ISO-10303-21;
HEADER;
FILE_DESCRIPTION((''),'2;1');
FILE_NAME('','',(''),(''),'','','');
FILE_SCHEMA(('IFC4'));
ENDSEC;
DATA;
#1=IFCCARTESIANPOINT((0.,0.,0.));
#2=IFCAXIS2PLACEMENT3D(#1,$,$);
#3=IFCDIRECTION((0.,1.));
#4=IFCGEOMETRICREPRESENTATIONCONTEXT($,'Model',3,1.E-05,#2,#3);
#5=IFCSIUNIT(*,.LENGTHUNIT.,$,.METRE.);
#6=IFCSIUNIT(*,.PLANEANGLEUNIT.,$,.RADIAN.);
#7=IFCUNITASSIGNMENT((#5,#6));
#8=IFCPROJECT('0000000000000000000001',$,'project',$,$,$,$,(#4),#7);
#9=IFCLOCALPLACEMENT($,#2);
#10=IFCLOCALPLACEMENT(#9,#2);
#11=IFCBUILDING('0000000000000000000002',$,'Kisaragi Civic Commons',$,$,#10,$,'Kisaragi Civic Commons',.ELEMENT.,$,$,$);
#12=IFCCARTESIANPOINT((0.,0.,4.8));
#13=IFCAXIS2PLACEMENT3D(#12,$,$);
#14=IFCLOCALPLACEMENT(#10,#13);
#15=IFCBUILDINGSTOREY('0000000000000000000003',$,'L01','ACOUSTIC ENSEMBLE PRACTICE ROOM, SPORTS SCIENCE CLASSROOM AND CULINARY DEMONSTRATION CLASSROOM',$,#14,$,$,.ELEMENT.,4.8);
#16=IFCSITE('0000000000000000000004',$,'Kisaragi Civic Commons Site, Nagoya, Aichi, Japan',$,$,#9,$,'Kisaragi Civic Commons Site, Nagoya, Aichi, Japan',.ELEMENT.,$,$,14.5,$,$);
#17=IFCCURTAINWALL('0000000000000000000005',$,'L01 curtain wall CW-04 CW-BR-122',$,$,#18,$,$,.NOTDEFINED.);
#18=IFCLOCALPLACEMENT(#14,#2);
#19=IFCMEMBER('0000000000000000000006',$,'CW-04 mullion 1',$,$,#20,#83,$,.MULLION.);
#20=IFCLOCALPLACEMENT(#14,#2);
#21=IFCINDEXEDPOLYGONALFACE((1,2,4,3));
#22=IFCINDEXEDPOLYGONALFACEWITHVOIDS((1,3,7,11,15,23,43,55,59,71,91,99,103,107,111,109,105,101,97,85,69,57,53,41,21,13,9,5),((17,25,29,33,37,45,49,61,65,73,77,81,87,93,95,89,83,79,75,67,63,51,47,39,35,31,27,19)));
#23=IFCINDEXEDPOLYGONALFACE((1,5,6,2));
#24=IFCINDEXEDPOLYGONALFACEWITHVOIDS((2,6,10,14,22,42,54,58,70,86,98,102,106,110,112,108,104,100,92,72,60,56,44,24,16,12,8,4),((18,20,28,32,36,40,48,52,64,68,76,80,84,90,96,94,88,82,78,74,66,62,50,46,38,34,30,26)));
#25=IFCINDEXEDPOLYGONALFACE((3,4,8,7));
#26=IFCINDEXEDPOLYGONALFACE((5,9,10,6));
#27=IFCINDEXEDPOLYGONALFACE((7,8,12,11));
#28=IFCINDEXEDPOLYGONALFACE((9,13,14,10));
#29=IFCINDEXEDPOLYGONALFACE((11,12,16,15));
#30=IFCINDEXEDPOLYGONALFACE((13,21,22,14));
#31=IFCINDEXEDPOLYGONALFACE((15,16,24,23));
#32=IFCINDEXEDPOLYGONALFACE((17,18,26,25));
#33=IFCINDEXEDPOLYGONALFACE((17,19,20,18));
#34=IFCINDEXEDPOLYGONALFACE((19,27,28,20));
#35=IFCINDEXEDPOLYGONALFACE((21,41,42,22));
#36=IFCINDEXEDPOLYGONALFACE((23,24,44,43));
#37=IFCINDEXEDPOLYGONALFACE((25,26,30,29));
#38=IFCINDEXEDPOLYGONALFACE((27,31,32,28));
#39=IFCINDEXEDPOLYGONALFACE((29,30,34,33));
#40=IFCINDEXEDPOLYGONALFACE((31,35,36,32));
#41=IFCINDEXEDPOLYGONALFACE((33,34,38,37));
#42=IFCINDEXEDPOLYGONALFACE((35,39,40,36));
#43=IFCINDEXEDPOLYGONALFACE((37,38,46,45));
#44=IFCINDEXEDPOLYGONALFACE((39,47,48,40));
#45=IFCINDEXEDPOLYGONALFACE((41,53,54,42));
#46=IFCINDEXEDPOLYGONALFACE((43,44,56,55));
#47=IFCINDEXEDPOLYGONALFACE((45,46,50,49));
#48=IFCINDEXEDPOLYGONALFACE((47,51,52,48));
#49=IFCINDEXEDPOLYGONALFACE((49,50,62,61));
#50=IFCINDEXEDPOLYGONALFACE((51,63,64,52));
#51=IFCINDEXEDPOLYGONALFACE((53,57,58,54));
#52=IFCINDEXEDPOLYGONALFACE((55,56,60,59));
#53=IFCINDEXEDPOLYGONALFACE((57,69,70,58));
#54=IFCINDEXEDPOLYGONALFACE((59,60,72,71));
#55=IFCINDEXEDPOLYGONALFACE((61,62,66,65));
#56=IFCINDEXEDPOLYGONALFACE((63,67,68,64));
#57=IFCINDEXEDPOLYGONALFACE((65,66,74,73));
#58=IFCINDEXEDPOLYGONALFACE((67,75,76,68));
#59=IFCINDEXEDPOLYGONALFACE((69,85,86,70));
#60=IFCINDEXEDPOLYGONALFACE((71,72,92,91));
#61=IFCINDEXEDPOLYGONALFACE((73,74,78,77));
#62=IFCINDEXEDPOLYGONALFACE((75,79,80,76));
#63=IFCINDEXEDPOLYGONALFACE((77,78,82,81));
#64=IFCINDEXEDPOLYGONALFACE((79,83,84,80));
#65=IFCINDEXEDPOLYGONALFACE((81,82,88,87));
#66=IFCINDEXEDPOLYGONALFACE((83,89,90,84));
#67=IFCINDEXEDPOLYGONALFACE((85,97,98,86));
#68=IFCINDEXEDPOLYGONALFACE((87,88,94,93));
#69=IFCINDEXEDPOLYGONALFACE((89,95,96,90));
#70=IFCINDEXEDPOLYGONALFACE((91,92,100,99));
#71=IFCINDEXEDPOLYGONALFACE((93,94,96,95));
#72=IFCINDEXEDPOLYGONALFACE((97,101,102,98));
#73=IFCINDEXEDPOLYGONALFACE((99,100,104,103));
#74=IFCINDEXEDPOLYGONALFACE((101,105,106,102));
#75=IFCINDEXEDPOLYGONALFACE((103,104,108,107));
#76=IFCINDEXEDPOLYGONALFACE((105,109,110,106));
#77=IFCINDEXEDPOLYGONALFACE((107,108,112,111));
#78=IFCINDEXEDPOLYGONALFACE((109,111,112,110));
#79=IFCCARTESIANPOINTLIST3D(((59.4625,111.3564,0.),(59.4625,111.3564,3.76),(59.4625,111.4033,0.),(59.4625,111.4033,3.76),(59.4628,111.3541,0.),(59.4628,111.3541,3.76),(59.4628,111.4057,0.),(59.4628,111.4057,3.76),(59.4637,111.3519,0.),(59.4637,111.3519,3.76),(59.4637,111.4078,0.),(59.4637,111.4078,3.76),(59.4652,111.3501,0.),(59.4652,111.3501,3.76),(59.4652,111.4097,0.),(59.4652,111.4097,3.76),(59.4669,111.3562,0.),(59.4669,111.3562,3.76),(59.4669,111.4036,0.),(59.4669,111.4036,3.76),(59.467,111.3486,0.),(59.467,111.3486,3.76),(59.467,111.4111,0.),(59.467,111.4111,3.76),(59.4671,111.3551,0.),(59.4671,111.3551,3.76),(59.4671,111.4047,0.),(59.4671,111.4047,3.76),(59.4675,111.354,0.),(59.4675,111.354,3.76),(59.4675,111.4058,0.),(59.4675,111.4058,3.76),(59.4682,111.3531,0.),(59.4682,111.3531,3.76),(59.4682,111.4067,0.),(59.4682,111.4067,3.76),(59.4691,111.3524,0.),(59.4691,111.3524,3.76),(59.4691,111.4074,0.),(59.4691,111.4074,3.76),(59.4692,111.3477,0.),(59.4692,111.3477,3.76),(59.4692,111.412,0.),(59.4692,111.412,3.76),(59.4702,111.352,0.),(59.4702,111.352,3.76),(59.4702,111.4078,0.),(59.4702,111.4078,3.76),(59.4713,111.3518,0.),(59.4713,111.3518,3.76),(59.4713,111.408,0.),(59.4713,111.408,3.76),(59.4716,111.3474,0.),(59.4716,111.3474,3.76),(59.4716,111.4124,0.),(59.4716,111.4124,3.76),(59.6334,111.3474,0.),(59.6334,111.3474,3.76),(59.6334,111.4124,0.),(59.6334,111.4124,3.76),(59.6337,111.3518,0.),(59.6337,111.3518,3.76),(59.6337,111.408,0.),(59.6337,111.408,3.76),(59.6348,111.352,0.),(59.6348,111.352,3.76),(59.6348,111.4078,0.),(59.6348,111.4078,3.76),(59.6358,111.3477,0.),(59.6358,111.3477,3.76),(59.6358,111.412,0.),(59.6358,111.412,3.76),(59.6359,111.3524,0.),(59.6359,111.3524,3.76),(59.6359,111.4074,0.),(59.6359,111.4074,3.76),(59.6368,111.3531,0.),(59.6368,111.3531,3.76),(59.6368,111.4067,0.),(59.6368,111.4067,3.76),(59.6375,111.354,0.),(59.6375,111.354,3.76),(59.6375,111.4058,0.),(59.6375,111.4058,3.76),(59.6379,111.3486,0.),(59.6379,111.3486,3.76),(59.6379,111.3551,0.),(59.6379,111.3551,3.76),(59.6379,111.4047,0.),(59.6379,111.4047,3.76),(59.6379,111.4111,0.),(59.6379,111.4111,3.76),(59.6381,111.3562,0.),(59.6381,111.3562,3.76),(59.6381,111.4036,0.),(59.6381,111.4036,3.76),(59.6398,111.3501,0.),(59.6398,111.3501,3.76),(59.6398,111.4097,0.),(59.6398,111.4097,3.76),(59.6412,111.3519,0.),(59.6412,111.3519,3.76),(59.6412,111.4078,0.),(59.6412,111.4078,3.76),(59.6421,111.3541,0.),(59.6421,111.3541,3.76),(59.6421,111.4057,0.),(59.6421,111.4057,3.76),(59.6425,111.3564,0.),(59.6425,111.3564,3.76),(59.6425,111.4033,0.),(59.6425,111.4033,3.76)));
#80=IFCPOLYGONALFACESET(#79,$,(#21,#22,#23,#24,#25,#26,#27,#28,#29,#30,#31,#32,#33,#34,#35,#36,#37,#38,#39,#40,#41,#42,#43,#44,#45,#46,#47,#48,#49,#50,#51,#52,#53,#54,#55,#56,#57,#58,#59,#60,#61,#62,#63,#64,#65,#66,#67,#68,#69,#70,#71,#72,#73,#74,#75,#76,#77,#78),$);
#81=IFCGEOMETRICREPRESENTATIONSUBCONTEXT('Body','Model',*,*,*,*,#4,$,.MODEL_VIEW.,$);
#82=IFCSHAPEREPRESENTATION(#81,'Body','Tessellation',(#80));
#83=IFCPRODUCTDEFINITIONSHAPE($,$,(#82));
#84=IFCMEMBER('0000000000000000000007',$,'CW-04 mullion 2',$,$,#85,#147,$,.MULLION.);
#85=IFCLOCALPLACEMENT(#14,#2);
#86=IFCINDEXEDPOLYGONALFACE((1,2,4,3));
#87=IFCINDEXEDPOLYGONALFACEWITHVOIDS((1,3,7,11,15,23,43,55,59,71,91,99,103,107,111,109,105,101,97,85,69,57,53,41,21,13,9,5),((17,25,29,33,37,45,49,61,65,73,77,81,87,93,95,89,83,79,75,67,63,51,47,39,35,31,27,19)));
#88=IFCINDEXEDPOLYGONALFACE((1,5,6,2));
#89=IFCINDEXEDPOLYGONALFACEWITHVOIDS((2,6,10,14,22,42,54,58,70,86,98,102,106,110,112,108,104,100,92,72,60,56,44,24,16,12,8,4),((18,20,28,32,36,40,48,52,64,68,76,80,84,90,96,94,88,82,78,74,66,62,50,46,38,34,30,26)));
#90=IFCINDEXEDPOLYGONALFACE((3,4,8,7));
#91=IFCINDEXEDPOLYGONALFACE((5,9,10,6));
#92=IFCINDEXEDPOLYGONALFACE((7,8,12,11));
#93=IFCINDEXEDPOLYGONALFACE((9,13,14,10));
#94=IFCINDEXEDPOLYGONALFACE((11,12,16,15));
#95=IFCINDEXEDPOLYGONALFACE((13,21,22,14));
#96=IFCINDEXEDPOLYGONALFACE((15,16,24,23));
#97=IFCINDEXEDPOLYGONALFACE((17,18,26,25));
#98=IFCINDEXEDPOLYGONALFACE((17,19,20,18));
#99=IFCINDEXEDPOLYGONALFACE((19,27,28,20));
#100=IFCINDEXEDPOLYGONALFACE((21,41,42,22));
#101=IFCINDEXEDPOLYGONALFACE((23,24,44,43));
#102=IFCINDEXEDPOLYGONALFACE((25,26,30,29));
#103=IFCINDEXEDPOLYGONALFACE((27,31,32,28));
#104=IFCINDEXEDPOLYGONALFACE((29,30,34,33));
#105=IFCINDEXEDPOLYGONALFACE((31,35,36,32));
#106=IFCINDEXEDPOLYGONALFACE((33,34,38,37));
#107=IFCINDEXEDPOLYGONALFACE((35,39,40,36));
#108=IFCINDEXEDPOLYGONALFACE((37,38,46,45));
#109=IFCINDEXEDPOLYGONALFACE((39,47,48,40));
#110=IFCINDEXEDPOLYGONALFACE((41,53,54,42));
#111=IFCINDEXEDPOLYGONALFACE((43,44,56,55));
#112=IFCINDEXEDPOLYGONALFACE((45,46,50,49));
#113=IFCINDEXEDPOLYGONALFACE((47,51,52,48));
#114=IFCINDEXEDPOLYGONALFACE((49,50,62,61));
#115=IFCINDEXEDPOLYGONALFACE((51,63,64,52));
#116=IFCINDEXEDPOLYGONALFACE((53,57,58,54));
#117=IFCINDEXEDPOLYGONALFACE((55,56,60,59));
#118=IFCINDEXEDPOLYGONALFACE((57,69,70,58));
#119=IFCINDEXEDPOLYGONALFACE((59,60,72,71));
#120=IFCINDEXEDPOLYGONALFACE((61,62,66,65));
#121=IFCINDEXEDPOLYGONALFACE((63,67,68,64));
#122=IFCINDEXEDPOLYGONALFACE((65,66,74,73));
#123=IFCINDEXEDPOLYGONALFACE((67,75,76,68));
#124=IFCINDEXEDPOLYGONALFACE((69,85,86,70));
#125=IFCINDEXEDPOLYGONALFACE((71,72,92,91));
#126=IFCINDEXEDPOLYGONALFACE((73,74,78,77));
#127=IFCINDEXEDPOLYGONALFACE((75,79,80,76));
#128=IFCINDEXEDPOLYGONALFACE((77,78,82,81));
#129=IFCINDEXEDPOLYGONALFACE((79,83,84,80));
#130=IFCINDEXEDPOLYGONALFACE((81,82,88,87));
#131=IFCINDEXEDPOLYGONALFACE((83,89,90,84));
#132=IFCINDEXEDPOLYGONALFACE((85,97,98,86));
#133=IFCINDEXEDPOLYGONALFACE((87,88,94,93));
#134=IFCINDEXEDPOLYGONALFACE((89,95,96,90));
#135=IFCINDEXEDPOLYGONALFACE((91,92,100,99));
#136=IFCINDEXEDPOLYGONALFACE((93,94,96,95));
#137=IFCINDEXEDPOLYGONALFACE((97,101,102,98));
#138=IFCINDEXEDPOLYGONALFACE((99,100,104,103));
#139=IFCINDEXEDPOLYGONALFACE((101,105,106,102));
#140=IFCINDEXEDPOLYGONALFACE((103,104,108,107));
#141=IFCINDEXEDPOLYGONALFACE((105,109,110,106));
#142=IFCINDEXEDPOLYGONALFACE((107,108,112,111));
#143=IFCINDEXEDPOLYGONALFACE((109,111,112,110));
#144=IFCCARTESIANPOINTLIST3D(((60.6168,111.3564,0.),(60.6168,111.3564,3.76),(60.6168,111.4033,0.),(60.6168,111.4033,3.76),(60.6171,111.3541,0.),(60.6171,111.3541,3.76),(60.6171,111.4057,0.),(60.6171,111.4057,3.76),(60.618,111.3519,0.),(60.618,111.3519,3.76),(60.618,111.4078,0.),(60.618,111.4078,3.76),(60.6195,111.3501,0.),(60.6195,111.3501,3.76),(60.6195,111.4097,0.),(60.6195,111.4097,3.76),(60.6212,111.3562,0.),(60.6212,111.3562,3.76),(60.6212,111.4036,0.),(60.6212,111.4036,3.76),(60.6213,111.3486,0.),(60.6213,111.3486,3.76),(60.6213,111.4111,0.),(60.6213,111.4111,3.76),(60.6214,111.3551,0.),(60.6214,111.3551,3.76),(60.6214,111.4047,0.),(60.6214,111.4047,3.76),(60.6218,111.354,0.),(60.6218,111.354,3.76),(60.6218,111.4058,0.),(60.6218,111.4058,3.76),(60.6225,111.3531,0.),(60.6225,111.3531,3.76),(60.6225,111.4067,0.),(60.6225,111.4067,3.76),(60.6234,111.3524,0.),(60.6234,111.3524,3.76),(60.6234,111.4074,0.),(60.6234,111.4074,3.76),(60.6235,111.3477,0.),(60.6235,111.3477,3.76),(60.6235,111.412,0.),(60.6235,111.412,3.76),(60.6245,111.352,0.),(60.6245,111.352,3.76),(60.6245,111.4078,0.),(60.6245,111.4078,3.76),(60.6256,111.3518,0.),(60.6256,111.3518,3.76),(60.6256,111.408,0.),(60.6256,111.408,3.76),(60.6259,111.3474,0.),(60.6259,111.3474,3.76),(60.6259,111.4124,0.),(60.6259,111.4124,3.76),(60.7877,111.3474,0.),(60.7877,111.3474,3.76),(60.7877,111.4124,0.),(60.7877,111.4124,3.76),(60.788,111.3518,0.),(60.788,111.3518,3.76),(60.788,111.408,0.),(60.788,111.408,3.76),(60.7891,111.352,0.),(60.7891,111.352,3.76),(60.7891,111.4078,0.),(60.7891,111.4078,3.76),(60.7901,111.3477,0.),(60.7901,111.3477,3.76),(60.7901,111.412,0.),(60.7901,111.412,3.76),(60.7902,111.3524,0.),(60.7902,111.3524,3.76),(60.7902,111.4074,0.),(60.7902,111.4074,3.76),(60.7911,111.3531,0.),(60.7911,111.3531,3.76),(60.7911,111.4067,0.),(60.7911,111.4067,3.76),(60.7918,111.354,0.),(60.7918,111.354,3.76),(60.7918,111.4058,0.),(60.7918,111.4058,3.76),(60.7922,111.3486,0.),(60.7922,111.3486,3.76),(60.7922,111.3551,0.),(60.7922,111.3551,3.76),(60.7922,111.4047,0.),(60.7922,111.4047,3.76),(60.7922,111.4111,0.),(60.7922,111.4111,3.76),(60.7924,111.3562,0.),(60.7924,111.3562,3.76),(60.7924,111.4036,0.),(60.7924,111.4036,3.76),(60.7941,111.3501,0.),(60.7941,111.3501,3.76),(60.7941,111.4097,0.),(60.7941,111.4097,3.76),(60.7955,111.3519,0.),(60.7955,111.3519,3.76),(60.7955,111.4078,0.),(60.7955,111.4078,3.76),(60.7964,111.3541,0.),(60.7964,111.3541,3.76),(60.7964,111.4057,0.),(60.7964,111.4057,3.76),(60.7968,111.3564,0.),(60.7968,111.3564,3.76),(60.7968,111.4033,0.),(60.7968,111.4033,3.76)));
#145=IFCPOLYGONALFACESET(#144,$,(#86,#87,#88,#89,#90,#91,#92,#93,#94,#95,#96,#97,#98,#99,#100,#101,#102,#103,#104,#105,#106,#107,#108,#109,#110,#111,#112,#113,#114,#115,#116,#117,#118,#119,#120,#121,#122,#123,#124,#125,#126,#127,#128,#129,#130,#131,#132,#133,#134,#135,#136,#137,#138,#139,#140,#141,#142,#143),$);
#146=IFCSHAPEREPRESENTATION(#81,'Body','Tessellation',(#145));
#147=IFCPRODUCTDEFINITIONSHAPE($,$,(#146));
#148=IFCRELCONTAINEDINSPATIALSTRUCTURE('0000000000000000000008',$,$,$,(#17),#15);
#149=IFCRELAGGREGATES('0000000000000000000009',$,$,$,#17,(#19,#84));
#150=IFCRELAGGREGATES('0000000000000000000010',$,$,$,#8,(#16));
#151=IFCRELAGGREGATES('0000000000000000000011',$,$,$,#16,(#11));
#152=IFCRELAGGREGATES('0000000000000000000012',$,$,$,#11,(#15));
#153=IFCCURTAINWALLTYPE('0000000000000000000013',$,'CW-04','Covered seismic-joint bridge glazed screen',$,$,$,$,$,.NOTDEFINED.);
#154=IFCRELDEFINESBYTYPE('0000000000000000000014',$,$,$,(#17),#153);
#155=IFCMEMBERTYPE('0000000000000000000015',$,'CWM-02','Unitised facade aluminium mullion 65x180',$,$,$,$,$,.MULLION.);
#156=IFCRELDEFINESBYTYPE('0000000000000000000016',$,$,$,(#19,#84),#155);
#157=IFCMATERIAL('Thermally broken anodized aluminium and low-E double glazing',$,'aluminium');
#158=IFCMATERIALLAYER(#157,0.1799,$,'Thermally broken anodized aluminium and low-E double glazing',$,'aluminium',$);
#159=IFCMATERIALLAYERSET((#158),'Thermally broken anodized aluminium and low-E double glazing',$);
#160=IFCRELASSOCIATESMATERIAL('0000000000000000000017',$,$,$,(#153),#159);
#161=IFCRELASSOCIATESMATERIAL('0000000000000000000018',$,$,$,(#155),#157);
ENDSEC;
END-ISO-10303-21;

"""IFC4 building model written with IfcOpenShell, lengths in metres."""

from ifc_helpers import new_model, si_unit, direction, frame, origin, origin_2d, place, context, subcontext, project, spatial, hollow_rectangle, extrude, material, layer, layer_set, material_profile, profile_set, type_object, element, aggregate, save


model = new_model("IFC4")

# Units and contexts
model_context = context("Model", 3, precision=1e-05, world=origin(), true_north=direction((0.0, 1.0)))
body_context = subcontext(model_context, "Body", "Model", "MODEL_VIEW")
ifc_project = project(units=[si_unit("LENGTHUNIT", "METRE"), si_unit("PLANEANGLEUNIT", "RADIAN")], contexts=[model_context])

# Site, building, storey
site_placement = place(None, origin())
site = spatial("IfcSite", under=ifc_project, at=site_placement, Name="Kisaragi Civic Commons Site, Nagoya, Aichi, Japan", LongName="Kisaragi Civic Commons Site, Nagoya, Aichi, Japan", CompositionType="ELEMENT", RefElevation=14.5)
building_placement = place(site_placement, origin())
building = spatial("IfcBuilding", under=site, at=building_placement, Name="Kisaragi Civic Commons", LongName="Kisaragi Civic Commons", CompositionType="ELEMENT")
storey_placement = place(building_placement, frame((0.0, 0.0, 4.8)))
storey = spatial("IfcBuildingStorey", under=building, at=storey_placement, Name="L01", Description="ACOUSTIC ENSEMBLE PRACTICE ROOM, SPORTS SCIENCE CLASSROOM AND CULINARY DEMONSTRATION CLASSROOM", CompositionType="ELEMENT", Elevation=4.8)

# Shared definitions
ifc_material_1 = material(Name="Thermally broken anodized aluminium and low-E double glazing", Category="aluminium")
ifc_layer_1 = layer(ifc_material_1, 0.1799, Name="Thermally broken anodized aluminium and low-E double glazing", Category="aluminium")
ifc_layer_set_1 = layer_set([ifc_layer_1], Name="Thermally broken anodized aluminium and low-E double glazing")
curtain_wall_type = type_object("IfcCurtainWallType", Name="CW-04", Description="Covered seismic-joint bridge glazed screen", PredefinedType="NOTDEFINED", material=ifc_layer_set_1)
ifc_material_profile_1 = material_profile(ifc_material_1, hollow_rectangle(XDim=0.0649, YDim=0.1799, WallThickness=0.0044, InnerFilletRadius=0.0044, OuterFilletRadius=0.009, at=origin_2d()), Name="CWM-65x180x4.5", Category="aluminium")
ifc_profile_set_1 = profile_set([ifc_material_profile_1], Name="Thermally broken anodized aluminium and low-E double glazing")
member_type_1 = type_object("IfcMemberType", Name="CWM-02", Description="Unitised facade aluminium mullion 65x180", PredefinedType="MULLION", material=ifc_profile_set_1)

# Curtain wall, members
curtain_wall_1_placement = place(storey_placement, origin())
curtain_wall_1 = element("IfcCurtainWall", 1, at=curtain_wall_1_placement, inside=storey, type_object=curtain_wall_type, Name="L01 curtain wall CW-04 CW-BR-122", PredefinedType="NOTDEFINED")
member_1_placement = place(storey_placement, frame((59.5525, 111.3799, 0.0), z_axis=(0.0, 0.0, 1.0), x_axis=(0.0, 1.0, 0.0)))
member_1 = element("IfcMember", 2, at=member_1_placement, type_object=member_type_1, Name="CW-04 mullion 1", PredefinedType="MULLION", context=body_context, shape_type="SweptSolid", body=[
    extrude(hollow_rectangle(XDim=0.0649, YDim=0.1799, WallThickness=0.0044, InnerFilletRadius=0.0044, OuterFilletRadius=0.009, at=origin_2d()), origin(), (0.0, 0.0, 1.0), 3.76),
])
member_2_placement = place(storey_placement, frame((60.7068, 111.3799, 0.0), z_axis=(0.0, 0.0, 1.0), x_axis=(0.0, 1.0, 0.0)))
member_2 = element("IfcMember", 3, at=member_2_placement, type_object=member_type_1, Name="CW-04 mullion 2", PredefinedType="MULLION", context=body_context, shape_type="SweptSolid", body=[
    extrude(hollow_rectangle(XDim=0.0649, YDim=0.1799, WallThickness=0.0044, InnerFilletRadius=0.0044, OuterFilletRadius=0.009, at=origin_2d()), origin(), (0.0, 0.0, 1.0), 3.76),
])

aggregate(curtain_wall_1, [member_1, member_2])

save(model, "model.ifc")
